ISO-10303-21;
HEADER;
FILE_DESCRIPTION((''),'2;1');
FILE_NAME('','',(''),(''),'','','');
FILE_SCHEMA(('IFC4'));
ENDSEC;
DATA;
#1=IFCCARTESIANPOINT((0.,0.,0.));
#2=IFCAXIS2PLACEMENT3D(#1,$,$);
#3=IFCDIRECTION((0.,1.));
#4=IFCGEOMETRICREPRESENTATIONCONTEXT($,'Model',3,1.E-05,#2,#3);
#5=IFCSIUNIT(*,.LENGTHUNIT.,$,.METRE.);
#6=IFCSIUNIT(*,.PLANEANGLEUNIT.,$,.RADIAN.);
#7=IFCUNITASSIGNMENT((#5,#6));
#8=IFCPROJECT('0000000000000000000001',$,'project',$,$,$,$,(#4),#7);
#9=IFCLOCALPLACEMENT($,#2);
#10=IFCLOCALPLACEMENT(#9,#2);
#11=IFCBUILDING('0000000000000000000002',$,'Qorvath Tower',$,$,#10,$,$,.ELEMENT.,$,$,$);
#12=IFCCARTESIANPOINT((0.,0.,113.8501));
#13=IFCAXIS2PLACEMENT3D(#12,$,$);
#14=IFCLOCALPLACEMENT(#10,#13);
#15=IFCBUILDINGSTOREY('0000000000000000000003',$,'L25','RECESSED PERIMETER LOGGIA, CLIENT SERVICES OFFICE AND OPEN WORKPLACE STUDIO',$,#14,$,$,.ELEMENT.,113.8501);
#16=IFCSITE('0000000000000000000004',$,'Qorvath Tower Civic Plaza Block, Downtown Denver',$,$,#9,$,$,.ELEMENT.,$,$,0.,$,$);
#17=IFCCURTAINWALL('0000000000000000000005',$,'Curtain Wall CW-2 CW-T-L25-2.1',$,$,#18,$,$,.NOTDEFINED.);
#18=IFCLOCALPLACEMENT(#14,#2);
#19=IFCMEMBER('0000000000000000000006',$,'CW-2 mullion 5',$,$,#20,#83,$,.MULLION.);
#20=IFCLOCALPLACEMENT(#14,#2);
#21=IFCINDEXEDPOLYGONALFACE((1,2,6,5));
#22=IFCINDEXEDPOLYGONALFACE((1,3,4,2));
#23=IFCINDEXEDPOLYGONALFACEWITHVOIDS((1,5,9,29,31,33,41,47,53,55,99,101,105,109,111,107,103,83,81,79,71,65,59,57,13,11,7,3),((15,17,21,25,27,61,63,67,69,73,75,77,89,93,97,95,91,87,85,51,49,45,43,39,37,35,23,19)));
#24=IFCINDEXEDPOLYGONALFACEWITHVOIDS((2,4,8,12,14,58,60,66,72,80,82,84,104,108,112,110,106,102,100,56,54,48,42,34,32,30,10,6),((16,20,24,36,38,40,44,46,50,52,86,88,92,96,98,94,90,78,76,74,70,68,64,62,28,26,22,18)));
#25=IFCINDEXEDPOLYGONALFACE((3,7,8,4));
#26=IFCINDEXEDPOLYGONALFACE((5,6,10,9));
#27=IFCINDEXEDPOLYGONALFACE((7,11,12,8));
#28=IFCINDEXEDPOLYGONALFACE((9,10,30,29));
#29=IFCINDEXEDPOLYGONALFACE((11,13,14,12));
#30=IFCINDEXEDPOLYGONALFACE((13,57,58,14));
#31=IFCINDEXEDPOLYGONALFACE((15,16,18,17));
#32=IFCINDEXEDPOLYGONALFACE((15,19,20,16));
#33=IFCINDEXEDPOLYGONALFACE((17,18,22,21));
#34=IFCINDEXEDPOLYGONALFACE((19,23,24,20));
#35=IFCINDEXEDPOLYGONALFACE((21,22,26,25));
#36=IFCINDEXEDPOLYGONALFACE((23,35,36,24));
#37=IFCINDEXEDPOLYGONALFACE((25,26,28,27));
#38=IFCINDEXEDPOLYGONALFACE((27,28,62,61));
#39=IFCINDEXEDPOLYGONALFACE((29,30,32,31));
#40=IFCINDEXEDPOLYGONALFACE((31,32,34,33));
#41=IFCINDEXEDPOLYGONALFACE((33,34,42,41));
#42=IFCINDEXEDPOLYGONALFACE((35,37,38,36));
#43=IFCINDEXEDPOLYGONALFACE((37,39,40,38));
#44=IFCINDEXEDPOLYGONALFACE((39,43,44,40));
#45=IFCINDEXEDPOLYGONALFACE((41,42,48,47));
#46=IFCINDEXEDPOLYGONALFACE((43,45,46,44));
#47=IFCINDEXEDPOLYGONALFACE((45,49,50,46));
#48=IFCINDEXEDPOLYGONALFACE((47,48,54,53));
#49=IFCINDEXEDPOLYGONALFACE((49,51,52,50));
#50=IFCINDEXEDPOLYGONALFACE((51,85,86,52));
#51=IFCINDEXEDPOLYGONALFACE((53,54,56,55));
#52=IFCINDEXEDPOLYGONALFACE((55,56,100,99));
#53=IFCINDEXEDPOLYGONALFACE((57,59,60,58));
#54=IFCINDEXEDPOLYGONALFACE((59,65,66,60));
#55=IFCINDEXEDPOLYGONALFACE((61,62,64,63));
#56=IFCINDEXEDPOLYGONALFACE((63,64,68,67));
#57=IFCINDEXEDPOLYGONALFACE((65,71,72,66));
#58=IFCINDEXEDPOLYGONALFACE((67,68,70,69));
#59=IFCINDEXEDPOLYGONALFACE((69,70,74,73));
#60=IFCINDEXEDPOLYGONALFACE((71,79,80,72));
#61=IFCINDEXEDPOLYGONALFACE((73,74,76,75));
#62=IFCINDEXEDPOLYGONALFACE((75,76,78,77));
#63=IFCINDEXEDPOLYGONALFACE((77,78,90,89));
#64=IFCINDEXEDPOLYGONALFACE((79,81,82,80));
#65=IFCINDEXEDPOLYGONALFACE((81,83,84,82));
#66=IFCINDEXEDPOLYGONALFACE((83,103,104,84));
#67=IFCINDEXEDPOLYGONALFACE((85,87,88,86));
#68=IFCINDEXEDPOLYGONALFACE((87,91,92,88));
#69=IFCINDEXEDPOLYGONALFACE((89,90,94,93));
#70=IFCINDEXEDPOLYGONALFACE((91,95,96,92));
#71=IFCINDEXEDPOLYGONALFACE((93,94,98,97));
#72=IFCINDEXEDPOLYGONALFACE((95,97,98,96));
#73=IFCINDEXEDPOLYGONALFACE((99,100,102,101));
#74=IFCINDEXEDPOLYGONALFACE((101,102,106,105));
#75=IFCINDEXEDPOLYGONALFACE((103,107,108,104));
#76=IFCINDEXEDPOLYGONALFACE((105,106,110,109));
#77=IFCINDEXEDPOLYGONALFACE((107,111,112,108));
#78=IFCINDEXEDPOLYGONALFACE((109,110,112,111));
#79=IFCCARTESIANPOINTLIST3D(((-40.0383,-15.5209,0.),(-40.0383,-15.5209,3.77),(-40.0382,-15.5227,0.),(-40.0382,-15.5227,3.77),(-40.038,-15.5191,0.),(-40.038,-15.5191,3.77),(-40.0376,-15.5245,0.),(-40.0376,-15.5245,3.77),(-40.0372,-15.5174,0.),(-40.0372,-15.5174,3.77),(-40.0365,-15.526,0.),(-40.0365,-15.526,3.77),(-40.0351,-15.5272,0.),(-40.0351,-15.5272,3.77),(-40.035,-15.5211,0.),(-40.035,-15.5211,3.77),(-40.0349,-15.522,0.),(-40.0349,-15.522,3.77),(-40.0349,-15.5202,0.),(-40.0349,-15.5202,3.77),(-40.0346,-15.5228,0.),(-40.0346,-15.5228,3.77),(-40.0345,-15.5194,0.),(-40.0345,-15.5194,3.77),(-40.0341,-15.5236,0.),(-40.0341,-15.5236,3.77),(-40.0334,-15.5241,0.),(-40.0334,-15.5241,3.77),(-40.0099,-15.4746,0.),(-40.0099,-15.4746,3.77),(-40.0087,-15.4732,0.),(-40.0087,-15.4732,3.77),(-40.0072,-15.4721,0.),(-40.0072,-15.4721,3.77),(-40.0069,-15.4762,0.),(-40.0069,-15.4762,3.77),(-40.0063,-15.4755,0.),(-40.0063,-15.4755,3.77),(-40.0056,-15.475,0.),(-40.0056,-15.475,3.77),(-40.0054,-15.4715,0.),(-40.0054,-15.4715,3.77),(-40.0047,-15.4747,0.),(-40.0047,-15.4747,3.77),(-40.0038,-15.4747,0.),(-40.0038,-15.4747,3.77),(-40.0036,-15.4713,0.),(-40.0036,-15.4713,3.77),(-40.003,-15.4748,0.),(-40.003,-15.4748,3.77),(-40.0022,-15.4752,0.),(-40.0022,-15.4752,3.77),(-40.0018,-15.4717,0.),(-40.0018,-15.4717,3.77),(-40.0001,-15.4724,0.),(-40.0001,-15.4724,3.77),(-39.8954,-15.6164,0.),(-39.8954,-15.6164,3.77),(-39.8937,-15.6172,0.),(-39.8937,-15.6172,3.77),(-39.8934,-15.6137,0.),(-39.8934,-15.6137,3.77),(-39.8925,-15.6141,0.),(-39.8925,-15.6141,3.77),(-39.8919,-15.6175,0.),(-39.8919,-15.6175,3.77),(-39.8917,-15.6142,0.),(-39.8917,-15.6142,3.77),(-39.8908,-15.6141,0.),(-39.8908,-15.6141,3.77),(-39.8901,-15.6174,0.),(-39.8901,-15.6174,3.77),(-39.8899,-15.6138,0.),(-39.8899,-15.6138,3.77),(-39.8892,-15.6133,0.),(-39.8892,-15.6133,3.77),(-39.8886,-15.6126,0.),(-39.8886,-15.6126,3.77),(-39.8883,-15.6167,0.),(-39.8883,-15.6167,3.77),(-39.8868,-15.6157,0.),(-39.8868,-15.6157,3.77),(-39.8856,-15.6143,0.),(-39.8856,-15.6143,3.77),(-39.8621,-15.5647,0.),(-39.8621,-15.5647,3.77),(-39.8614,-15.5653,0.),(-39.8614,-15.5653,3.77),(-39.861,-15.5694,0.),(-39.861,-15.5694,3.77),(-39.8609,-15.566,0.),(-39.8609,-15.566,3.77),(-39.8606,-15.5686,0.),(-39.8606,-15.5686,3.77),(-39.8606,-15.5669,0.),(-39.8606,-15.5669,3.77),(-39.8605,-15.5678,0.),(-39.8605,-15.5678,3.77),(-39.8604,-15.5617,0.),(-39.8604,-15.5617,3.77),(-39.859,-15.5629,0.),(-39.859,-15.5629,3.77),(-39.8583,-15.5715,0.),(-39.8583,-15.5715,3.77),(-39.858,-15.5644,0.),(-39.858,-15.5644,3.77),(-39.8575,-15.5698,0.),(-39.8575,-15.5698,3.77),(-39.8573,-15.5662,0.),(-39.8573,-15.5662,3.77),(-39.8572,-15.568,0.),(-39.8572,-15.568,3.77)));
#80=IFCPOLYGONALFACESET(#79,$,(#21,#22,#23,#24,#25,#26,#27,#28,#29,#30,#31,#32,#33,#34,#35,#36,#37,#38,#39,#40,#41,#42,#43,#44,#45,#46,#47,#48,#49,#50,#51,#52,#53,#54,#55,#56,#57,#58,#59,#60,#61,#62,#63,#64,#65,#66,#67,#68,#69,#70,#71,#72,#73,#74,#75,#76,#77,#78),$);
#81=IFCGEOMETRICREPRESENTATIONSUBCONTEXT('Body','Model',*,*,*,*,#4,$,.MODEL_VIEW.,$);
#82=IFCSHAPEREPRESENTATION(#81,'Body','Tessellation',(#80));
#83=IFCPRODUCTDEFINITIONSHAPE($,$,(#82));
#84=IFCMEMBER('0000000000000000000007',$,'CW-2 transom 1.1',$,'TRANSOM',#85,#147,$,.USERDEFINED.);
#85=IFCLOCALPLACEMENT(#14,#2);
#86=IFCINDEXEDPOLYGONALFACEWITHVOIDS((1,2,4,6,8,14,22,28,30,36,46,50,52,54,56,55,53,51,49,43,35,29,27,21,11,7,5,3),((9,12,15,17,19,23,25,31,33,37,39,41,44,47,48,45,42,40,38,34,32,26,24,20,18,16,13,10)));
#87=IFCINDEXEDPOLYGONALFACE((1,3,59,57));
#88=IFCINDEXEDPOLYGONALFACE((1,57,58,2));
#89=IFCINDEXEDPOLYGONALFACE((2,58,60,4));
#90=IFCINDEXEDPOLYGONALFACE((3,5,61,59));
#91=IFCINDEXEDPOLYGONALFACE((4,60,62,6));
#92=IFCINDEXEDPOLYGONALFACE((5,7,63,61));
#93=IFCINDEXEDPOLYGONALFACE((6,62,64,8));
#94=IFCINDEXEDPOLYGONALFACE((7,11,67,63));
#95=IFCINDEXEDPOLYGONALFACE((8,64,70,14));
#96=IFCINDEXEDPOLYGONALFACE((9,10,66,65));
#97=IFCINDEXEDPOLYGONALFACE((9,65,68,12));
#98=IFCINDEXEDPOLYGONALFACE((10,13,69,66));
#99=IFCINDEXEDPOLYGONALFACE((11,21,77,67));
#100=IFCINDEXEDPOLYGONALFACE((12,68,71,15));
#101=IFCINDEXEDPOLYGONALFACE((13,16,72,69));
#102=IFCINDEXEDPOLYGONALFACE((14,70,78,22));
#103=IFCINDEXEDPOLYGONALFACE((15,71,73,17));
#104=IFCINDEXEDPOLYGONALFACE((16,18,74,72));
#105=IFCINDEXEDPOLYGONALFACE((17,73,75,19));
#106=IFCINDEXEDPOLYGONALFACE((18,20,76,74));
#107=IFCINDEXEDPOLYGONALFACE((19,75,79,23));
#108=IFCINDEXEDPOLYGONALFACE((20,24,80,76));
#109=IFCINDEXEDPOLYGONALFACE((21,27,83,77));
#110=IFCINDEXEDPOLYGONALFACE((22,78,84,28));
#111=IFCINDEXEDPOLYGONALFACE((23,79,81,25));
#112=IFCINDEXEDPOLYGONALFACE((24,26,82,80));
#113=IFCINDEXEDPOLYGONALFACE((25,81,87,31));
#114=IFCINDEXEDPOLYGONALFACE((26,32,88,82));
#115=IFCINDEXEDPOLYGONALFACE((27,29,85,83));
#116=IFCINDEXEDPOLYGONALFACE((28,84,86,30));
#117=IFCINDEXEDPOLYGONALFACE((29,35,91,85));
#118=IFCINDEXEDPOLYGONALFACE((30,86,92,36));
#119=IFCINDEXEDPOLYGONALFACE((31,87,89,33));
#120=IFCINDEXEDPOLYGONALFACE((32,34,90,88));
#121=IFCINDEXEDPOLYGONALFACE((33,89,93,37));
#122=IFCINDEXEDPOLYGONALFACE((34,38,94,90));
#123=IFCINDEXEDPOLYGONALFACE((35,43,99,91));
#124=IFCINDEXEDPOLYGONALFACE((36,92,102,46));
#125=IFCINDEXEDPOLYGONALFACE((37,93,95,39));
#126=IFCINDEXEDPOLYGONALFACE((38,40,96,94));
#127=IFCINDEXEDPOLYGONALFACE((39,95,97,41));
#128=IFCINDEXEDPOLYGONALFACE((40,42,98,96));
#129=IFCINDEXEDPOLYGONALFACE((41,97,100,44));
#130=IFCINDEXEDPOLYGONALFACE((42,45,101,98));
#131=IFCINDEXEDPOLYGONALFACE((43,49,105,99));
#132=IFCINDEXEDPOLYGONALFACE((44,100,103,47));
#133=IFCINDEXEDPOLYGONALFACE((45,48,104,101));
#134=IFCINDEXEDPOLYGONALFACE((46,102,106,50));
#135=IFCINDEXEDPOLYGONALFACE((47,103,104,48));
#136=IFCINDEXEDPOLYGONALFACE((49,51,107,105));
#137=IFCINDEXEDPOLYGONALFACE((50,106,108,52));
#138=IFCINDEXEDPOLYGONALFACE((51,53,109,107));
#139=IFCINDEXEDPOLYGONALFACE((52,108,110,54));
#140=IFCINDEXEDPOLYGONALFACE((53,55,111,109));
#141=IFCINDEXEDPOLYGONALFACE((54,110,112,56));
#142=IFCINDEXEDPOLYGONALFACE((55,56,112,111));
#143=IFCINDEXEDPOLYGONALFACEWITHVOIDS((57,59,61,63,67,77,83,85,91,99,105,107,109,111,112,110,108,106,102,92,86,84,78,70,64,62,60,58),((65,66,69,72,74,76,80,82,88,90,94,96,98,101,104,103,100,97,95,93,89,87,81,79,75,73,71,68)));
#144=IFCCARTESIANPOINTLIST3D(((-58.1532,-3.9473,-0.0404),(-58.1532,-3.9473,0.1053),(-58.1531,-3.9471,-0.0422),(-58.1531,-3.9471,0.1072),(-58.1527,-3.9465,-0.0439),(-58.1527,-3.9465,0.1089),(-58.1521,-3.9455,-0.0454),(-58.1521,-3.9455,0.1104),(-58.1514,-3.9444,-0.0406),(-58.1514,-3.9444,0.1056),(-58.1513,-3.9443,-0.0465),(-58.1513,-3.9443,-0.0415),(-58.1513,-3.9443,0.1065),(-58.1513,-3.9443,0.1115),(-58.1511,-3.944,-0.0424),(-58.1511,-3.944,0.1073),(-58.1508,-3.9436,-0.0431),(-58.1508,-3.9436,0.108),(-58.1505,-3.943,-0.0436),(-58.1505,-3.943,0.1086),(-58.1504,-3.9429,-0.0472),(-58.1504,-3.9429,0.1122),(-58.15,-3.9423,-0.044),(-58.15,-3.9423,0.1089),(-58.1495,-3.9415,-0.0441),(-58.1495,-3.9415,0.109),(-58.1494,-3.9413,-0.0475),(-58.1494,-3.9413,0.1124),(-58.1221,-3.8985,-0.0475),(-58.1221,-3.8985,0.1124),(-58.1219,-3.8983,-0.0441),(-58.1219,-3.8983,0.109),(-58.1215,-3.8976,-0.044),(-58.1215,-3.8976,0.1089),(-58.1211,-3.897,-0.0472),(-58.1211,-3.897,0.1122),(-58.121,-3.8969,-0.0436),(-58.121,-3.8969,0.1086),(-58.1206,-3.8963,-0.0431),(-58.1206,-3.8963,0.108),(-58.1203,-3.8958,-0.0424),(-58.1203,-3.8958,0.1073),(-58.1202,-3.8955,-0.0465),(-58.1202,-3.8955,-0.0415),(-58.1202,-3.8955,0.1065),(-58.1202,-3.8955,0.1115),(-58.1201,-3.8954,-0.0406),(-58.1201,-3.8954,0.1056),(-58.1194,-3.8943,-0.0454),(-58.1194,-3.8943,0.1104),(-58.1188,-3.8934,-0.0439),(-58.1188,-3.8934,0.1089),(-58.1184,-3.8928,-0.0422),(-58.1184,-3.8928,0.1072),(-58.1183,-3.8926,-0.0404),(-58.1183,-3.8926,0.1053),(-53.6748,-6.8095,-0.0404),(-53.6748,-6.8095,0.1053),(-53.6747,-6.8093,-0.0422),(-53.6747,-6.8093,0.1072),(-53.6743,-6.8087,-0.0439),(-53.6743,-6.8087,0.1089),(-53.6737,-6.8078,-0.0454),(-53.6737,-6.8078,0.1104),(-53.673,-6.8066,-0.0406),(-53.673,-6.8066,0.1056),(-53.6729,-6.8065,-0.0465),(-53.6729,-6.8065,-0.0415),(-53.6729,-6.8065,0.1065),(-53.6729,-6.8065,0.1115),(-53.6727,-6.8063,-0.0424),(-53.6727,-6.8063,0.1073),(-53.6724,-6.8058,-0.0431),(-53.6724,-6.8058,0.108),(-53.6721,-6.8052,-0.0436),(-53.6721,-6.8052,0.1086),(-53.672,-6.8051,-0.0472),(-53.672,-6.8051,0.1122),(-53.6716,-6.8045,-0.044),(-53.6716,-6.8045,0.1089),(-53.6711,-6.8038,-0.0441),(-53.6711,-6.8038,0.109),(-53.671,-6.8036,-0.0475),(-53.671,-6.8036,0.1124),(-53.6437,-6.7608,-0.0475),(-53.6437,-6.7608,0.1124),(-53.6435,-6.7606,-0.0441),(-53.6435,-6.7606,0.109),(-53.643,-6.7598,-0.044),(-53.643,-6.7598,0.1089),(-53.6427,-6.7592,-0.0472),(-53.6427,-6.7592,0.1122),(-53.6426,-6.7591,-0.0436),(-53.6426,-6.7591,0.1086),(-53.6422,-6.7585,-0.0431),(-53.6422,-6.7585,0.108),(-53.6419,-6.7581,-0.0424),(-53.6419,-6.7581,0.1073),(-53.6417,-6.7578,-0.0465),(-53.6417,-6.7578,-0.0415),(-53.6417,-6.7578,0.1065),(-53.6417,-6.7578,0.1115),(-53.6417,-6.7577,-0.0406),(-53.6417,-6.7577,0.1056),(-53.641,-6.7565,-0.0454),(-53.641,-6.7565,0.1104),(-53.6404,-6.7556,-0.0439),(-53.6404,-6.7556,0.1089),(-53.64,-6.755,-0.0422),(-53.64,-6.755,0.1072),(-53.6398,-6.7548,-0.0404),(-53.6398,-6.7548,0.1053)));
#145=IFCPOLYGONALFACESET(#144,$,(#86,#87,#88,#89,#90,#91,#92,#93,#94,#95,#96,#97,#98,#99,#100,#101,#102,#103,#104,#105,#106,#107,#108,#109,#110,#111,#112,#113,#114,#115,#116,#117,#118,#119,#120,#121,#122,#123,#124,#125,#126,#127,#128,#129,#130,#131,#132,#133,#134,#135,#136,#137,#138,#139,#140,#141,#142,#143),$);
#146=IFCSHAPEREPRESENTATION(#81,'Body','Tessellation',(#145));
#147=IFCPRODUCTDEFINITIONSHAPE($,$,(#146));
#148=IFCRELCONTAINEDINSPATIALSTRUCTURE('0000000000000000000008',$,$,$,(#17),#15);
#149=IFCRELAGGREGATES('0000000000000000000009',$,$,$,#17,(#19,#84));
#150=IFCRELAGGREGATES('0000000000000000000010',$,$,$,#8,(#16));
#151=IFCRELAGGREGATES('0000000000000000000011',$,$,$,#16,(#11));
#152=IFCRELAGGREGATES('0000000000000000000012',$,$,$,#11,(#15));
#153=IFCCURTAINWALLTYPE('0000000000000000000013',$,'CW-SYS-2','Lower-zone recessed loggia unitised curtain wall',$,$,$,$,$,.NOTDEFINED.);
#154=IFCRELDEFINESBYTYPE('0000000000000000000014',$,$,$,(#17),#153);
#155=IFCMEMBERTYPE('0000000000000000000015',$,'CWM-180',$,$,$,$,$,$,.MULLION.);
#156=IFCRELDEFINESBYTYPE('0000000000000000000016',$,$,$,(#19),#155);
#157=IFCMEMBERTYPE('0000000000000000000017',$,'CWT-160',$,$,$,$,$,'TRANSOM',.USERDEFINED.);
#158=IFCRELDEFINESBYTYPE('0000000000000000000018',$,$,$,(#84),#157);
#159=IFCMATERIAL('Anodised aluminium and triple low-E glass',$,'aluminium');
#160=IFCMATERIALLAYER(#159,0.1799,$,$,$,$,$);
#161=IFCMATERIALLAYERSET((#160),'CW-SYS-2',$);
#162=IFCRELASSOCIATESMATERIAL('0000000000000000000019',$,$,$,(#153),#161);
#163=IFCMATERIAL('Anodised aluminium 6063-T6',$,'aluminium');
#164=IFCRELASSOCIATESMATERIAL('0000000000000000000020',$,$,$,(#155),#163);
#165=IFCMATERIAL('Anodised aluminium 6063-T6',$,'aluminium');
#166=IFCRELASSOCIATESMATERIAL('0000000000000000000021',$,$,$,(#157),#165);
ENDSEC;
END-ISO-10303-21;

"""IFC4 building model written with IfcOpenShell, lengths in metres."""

from ifc_helpers import new_model, si_unit, direction, frame, origin, origin_2d, place, context, subcontext, project, spatial, hollow_rectangle, extrude, material, layer, layer_set, material_profile, profile_set, type_object, element, aggregate, save


model = new_model("IFC4")

# Units and contexts
model_context = context("Model", 3, precision=1e-05, world=origin(), true_north=direction((0.0, 1.0)))
body_context = subcontext(model_context, "Body", "Model", "MODEL_VIEW")
ifc_project = project(units=[si_unit("LENGTHUNIT", "METRE"), si_unit("PLANEANGLEUNIT", "RADIAN")], contexts=[model_context])

# Site, building, storey
site_placement = place(None, origin())
site = spatial("IfcSite", under=ifc_project, at=site_placement, Name="Qorvath Tower Civic Plaza Block, Downtown Denver", CompositionType="ELEMENT", RefElevation=0.0)
building_placement = place(site_placement, origin())
building = spatial("IfcBuilding", under=site, at=building_placement, Name="Qorvath Tower", CompositionType="ELEMENT")
storey_placement = place(building_placement, frame((0.0, 0.0, 113.8501)))
storey = spatial("IfcBuildingStorey", under=building, at=storey_placement, Name="L25", Description="RECESSED PERIMETER LOGGIA, CLIENT SERVICES OFFICE AND OPEN WORKPLACE STUDIO", CompositionType="ELEMENT", Elevation=113.8501)

# Curtain wall, members
ifc_material_1 = material(Name="Anodised aluminium and triple low-E glass", Category="aluminium")
ifc_layer_1 = layer(ifc_material_1, 0.1799)
ifc_layer_set_1 = layer_set([ifc_layer_1], Name="CW-SYS-2")
curtain_wall_type = type_object("IfcCurtainWallType", Name="CW-SYS-2", Description="Lower-zone recessed loggia unitised curtain wall", PredefinedType="NOTDEFINED", material=ifc_layer_set_1)
curtain_wall_placement = place(storey_placement, origin())
curtain_wall = element("IfcCurtainWall", 1, at=curtain_wall_placement, inside=storey, type_object=curtain_wall_type, Name="Curtain Wall CW-2 CW-T-L25-2.1", PredefinedType="NOTDEFINED")
ifc_material_2 = material(Name="Anodised aluminium 6063-T6", Category="aluminium")
ifc_material_profile_1 = material_profile(ifc_material_2, hollow_rectangle(XDim=0.0649, YDim=0.1799, WallThickness=0.0034, InnerFilletRadius=0.0034, OuterFilletRadius=0.0071, at=origin_2d()), Name="CWM 180x65")
ifc_profile_set_1 = profile_set([ifc_material_profile_1], Name="Anodised aluminium 6063-T6")
member_type_1 = type_object("IfcMemberType", Name="CWM-180", PredefinedType="MULLION", material=ifc_profile_set_1)
member_1_placement = place(storey_placement, frame((-39.9478, -15.5444, 0.0), z_axis=(0.0, 0.0, 1.0), x_axis=(0.53853, 0.842606, 0.0)))
member_1 = element("IfcMember", 2, at=member_1_placement, type_object=member_type_1, Name="CW-2 mullion 5", PredefinedType="MULLION", context=body_context, shape_type="SweptSolid", body=[
    extrude(hollow_rectangle(XDim=0.0649, YDim=0.1799, WallThickness=0.0034, InnerFilletRadius=0.0034, OuterFilletRadius=0.0071, at=origin_2d()), origin(), (0.0, 0.0, 1.0), 3.77),
])
ifc_material_3 = material(Name="Anodised aluminium 6063-T6", Category="aluminium")
ifc_material_profile_2 = material_profile(ifc_material_3, hollow_rectangle(XDim=0.0649, YDim=0.1599, WallThickness=0.0034, InnerFilletRadius=0.0034, OuterFilletRadius=0.0071, at=origin_2d()), Name="CWT 160x65")
ifc_profile_set_2 = profile_set([ifc_material_profile_2], Name="Anodised aluminium 6063-T6")
member_type_2 = type_object("IfcMemberType", Name="CWT-160", ElementType="TRANSOM", PredefinedType="USERDEFINED", material=ifc_profile_set_2)
member_2_placement = place(storey_placement, frame((-58.1357, -3.9199, 0.0325), z_axis=(0.842608, -0.538527, 0.0), x_axis=(0.538527, 0.842608, 0.0)))
member_2 = element("IfcMember", 3, at=member_2_placement, type_object=member_type_2, Name="CW-2 transom 1.1", ObjectType="TRANSOM", PredefinedType="USERDEFINED", context=body_context, shape_type="SweptSolid", body=[
    extrude(hollow_rectangle(XDim=0.0649, YDim=0.1599, WallThickness=0.0034, InnerFilletRadius=0.0034, OuterFilletRadius=0.0071, at=origin_2d()), origin(), (0.0, 0.0, 1.0), 5.3149),
])
aggregate(curtain_wall, [member_1, member_2])

save(model, "model.ifc")
